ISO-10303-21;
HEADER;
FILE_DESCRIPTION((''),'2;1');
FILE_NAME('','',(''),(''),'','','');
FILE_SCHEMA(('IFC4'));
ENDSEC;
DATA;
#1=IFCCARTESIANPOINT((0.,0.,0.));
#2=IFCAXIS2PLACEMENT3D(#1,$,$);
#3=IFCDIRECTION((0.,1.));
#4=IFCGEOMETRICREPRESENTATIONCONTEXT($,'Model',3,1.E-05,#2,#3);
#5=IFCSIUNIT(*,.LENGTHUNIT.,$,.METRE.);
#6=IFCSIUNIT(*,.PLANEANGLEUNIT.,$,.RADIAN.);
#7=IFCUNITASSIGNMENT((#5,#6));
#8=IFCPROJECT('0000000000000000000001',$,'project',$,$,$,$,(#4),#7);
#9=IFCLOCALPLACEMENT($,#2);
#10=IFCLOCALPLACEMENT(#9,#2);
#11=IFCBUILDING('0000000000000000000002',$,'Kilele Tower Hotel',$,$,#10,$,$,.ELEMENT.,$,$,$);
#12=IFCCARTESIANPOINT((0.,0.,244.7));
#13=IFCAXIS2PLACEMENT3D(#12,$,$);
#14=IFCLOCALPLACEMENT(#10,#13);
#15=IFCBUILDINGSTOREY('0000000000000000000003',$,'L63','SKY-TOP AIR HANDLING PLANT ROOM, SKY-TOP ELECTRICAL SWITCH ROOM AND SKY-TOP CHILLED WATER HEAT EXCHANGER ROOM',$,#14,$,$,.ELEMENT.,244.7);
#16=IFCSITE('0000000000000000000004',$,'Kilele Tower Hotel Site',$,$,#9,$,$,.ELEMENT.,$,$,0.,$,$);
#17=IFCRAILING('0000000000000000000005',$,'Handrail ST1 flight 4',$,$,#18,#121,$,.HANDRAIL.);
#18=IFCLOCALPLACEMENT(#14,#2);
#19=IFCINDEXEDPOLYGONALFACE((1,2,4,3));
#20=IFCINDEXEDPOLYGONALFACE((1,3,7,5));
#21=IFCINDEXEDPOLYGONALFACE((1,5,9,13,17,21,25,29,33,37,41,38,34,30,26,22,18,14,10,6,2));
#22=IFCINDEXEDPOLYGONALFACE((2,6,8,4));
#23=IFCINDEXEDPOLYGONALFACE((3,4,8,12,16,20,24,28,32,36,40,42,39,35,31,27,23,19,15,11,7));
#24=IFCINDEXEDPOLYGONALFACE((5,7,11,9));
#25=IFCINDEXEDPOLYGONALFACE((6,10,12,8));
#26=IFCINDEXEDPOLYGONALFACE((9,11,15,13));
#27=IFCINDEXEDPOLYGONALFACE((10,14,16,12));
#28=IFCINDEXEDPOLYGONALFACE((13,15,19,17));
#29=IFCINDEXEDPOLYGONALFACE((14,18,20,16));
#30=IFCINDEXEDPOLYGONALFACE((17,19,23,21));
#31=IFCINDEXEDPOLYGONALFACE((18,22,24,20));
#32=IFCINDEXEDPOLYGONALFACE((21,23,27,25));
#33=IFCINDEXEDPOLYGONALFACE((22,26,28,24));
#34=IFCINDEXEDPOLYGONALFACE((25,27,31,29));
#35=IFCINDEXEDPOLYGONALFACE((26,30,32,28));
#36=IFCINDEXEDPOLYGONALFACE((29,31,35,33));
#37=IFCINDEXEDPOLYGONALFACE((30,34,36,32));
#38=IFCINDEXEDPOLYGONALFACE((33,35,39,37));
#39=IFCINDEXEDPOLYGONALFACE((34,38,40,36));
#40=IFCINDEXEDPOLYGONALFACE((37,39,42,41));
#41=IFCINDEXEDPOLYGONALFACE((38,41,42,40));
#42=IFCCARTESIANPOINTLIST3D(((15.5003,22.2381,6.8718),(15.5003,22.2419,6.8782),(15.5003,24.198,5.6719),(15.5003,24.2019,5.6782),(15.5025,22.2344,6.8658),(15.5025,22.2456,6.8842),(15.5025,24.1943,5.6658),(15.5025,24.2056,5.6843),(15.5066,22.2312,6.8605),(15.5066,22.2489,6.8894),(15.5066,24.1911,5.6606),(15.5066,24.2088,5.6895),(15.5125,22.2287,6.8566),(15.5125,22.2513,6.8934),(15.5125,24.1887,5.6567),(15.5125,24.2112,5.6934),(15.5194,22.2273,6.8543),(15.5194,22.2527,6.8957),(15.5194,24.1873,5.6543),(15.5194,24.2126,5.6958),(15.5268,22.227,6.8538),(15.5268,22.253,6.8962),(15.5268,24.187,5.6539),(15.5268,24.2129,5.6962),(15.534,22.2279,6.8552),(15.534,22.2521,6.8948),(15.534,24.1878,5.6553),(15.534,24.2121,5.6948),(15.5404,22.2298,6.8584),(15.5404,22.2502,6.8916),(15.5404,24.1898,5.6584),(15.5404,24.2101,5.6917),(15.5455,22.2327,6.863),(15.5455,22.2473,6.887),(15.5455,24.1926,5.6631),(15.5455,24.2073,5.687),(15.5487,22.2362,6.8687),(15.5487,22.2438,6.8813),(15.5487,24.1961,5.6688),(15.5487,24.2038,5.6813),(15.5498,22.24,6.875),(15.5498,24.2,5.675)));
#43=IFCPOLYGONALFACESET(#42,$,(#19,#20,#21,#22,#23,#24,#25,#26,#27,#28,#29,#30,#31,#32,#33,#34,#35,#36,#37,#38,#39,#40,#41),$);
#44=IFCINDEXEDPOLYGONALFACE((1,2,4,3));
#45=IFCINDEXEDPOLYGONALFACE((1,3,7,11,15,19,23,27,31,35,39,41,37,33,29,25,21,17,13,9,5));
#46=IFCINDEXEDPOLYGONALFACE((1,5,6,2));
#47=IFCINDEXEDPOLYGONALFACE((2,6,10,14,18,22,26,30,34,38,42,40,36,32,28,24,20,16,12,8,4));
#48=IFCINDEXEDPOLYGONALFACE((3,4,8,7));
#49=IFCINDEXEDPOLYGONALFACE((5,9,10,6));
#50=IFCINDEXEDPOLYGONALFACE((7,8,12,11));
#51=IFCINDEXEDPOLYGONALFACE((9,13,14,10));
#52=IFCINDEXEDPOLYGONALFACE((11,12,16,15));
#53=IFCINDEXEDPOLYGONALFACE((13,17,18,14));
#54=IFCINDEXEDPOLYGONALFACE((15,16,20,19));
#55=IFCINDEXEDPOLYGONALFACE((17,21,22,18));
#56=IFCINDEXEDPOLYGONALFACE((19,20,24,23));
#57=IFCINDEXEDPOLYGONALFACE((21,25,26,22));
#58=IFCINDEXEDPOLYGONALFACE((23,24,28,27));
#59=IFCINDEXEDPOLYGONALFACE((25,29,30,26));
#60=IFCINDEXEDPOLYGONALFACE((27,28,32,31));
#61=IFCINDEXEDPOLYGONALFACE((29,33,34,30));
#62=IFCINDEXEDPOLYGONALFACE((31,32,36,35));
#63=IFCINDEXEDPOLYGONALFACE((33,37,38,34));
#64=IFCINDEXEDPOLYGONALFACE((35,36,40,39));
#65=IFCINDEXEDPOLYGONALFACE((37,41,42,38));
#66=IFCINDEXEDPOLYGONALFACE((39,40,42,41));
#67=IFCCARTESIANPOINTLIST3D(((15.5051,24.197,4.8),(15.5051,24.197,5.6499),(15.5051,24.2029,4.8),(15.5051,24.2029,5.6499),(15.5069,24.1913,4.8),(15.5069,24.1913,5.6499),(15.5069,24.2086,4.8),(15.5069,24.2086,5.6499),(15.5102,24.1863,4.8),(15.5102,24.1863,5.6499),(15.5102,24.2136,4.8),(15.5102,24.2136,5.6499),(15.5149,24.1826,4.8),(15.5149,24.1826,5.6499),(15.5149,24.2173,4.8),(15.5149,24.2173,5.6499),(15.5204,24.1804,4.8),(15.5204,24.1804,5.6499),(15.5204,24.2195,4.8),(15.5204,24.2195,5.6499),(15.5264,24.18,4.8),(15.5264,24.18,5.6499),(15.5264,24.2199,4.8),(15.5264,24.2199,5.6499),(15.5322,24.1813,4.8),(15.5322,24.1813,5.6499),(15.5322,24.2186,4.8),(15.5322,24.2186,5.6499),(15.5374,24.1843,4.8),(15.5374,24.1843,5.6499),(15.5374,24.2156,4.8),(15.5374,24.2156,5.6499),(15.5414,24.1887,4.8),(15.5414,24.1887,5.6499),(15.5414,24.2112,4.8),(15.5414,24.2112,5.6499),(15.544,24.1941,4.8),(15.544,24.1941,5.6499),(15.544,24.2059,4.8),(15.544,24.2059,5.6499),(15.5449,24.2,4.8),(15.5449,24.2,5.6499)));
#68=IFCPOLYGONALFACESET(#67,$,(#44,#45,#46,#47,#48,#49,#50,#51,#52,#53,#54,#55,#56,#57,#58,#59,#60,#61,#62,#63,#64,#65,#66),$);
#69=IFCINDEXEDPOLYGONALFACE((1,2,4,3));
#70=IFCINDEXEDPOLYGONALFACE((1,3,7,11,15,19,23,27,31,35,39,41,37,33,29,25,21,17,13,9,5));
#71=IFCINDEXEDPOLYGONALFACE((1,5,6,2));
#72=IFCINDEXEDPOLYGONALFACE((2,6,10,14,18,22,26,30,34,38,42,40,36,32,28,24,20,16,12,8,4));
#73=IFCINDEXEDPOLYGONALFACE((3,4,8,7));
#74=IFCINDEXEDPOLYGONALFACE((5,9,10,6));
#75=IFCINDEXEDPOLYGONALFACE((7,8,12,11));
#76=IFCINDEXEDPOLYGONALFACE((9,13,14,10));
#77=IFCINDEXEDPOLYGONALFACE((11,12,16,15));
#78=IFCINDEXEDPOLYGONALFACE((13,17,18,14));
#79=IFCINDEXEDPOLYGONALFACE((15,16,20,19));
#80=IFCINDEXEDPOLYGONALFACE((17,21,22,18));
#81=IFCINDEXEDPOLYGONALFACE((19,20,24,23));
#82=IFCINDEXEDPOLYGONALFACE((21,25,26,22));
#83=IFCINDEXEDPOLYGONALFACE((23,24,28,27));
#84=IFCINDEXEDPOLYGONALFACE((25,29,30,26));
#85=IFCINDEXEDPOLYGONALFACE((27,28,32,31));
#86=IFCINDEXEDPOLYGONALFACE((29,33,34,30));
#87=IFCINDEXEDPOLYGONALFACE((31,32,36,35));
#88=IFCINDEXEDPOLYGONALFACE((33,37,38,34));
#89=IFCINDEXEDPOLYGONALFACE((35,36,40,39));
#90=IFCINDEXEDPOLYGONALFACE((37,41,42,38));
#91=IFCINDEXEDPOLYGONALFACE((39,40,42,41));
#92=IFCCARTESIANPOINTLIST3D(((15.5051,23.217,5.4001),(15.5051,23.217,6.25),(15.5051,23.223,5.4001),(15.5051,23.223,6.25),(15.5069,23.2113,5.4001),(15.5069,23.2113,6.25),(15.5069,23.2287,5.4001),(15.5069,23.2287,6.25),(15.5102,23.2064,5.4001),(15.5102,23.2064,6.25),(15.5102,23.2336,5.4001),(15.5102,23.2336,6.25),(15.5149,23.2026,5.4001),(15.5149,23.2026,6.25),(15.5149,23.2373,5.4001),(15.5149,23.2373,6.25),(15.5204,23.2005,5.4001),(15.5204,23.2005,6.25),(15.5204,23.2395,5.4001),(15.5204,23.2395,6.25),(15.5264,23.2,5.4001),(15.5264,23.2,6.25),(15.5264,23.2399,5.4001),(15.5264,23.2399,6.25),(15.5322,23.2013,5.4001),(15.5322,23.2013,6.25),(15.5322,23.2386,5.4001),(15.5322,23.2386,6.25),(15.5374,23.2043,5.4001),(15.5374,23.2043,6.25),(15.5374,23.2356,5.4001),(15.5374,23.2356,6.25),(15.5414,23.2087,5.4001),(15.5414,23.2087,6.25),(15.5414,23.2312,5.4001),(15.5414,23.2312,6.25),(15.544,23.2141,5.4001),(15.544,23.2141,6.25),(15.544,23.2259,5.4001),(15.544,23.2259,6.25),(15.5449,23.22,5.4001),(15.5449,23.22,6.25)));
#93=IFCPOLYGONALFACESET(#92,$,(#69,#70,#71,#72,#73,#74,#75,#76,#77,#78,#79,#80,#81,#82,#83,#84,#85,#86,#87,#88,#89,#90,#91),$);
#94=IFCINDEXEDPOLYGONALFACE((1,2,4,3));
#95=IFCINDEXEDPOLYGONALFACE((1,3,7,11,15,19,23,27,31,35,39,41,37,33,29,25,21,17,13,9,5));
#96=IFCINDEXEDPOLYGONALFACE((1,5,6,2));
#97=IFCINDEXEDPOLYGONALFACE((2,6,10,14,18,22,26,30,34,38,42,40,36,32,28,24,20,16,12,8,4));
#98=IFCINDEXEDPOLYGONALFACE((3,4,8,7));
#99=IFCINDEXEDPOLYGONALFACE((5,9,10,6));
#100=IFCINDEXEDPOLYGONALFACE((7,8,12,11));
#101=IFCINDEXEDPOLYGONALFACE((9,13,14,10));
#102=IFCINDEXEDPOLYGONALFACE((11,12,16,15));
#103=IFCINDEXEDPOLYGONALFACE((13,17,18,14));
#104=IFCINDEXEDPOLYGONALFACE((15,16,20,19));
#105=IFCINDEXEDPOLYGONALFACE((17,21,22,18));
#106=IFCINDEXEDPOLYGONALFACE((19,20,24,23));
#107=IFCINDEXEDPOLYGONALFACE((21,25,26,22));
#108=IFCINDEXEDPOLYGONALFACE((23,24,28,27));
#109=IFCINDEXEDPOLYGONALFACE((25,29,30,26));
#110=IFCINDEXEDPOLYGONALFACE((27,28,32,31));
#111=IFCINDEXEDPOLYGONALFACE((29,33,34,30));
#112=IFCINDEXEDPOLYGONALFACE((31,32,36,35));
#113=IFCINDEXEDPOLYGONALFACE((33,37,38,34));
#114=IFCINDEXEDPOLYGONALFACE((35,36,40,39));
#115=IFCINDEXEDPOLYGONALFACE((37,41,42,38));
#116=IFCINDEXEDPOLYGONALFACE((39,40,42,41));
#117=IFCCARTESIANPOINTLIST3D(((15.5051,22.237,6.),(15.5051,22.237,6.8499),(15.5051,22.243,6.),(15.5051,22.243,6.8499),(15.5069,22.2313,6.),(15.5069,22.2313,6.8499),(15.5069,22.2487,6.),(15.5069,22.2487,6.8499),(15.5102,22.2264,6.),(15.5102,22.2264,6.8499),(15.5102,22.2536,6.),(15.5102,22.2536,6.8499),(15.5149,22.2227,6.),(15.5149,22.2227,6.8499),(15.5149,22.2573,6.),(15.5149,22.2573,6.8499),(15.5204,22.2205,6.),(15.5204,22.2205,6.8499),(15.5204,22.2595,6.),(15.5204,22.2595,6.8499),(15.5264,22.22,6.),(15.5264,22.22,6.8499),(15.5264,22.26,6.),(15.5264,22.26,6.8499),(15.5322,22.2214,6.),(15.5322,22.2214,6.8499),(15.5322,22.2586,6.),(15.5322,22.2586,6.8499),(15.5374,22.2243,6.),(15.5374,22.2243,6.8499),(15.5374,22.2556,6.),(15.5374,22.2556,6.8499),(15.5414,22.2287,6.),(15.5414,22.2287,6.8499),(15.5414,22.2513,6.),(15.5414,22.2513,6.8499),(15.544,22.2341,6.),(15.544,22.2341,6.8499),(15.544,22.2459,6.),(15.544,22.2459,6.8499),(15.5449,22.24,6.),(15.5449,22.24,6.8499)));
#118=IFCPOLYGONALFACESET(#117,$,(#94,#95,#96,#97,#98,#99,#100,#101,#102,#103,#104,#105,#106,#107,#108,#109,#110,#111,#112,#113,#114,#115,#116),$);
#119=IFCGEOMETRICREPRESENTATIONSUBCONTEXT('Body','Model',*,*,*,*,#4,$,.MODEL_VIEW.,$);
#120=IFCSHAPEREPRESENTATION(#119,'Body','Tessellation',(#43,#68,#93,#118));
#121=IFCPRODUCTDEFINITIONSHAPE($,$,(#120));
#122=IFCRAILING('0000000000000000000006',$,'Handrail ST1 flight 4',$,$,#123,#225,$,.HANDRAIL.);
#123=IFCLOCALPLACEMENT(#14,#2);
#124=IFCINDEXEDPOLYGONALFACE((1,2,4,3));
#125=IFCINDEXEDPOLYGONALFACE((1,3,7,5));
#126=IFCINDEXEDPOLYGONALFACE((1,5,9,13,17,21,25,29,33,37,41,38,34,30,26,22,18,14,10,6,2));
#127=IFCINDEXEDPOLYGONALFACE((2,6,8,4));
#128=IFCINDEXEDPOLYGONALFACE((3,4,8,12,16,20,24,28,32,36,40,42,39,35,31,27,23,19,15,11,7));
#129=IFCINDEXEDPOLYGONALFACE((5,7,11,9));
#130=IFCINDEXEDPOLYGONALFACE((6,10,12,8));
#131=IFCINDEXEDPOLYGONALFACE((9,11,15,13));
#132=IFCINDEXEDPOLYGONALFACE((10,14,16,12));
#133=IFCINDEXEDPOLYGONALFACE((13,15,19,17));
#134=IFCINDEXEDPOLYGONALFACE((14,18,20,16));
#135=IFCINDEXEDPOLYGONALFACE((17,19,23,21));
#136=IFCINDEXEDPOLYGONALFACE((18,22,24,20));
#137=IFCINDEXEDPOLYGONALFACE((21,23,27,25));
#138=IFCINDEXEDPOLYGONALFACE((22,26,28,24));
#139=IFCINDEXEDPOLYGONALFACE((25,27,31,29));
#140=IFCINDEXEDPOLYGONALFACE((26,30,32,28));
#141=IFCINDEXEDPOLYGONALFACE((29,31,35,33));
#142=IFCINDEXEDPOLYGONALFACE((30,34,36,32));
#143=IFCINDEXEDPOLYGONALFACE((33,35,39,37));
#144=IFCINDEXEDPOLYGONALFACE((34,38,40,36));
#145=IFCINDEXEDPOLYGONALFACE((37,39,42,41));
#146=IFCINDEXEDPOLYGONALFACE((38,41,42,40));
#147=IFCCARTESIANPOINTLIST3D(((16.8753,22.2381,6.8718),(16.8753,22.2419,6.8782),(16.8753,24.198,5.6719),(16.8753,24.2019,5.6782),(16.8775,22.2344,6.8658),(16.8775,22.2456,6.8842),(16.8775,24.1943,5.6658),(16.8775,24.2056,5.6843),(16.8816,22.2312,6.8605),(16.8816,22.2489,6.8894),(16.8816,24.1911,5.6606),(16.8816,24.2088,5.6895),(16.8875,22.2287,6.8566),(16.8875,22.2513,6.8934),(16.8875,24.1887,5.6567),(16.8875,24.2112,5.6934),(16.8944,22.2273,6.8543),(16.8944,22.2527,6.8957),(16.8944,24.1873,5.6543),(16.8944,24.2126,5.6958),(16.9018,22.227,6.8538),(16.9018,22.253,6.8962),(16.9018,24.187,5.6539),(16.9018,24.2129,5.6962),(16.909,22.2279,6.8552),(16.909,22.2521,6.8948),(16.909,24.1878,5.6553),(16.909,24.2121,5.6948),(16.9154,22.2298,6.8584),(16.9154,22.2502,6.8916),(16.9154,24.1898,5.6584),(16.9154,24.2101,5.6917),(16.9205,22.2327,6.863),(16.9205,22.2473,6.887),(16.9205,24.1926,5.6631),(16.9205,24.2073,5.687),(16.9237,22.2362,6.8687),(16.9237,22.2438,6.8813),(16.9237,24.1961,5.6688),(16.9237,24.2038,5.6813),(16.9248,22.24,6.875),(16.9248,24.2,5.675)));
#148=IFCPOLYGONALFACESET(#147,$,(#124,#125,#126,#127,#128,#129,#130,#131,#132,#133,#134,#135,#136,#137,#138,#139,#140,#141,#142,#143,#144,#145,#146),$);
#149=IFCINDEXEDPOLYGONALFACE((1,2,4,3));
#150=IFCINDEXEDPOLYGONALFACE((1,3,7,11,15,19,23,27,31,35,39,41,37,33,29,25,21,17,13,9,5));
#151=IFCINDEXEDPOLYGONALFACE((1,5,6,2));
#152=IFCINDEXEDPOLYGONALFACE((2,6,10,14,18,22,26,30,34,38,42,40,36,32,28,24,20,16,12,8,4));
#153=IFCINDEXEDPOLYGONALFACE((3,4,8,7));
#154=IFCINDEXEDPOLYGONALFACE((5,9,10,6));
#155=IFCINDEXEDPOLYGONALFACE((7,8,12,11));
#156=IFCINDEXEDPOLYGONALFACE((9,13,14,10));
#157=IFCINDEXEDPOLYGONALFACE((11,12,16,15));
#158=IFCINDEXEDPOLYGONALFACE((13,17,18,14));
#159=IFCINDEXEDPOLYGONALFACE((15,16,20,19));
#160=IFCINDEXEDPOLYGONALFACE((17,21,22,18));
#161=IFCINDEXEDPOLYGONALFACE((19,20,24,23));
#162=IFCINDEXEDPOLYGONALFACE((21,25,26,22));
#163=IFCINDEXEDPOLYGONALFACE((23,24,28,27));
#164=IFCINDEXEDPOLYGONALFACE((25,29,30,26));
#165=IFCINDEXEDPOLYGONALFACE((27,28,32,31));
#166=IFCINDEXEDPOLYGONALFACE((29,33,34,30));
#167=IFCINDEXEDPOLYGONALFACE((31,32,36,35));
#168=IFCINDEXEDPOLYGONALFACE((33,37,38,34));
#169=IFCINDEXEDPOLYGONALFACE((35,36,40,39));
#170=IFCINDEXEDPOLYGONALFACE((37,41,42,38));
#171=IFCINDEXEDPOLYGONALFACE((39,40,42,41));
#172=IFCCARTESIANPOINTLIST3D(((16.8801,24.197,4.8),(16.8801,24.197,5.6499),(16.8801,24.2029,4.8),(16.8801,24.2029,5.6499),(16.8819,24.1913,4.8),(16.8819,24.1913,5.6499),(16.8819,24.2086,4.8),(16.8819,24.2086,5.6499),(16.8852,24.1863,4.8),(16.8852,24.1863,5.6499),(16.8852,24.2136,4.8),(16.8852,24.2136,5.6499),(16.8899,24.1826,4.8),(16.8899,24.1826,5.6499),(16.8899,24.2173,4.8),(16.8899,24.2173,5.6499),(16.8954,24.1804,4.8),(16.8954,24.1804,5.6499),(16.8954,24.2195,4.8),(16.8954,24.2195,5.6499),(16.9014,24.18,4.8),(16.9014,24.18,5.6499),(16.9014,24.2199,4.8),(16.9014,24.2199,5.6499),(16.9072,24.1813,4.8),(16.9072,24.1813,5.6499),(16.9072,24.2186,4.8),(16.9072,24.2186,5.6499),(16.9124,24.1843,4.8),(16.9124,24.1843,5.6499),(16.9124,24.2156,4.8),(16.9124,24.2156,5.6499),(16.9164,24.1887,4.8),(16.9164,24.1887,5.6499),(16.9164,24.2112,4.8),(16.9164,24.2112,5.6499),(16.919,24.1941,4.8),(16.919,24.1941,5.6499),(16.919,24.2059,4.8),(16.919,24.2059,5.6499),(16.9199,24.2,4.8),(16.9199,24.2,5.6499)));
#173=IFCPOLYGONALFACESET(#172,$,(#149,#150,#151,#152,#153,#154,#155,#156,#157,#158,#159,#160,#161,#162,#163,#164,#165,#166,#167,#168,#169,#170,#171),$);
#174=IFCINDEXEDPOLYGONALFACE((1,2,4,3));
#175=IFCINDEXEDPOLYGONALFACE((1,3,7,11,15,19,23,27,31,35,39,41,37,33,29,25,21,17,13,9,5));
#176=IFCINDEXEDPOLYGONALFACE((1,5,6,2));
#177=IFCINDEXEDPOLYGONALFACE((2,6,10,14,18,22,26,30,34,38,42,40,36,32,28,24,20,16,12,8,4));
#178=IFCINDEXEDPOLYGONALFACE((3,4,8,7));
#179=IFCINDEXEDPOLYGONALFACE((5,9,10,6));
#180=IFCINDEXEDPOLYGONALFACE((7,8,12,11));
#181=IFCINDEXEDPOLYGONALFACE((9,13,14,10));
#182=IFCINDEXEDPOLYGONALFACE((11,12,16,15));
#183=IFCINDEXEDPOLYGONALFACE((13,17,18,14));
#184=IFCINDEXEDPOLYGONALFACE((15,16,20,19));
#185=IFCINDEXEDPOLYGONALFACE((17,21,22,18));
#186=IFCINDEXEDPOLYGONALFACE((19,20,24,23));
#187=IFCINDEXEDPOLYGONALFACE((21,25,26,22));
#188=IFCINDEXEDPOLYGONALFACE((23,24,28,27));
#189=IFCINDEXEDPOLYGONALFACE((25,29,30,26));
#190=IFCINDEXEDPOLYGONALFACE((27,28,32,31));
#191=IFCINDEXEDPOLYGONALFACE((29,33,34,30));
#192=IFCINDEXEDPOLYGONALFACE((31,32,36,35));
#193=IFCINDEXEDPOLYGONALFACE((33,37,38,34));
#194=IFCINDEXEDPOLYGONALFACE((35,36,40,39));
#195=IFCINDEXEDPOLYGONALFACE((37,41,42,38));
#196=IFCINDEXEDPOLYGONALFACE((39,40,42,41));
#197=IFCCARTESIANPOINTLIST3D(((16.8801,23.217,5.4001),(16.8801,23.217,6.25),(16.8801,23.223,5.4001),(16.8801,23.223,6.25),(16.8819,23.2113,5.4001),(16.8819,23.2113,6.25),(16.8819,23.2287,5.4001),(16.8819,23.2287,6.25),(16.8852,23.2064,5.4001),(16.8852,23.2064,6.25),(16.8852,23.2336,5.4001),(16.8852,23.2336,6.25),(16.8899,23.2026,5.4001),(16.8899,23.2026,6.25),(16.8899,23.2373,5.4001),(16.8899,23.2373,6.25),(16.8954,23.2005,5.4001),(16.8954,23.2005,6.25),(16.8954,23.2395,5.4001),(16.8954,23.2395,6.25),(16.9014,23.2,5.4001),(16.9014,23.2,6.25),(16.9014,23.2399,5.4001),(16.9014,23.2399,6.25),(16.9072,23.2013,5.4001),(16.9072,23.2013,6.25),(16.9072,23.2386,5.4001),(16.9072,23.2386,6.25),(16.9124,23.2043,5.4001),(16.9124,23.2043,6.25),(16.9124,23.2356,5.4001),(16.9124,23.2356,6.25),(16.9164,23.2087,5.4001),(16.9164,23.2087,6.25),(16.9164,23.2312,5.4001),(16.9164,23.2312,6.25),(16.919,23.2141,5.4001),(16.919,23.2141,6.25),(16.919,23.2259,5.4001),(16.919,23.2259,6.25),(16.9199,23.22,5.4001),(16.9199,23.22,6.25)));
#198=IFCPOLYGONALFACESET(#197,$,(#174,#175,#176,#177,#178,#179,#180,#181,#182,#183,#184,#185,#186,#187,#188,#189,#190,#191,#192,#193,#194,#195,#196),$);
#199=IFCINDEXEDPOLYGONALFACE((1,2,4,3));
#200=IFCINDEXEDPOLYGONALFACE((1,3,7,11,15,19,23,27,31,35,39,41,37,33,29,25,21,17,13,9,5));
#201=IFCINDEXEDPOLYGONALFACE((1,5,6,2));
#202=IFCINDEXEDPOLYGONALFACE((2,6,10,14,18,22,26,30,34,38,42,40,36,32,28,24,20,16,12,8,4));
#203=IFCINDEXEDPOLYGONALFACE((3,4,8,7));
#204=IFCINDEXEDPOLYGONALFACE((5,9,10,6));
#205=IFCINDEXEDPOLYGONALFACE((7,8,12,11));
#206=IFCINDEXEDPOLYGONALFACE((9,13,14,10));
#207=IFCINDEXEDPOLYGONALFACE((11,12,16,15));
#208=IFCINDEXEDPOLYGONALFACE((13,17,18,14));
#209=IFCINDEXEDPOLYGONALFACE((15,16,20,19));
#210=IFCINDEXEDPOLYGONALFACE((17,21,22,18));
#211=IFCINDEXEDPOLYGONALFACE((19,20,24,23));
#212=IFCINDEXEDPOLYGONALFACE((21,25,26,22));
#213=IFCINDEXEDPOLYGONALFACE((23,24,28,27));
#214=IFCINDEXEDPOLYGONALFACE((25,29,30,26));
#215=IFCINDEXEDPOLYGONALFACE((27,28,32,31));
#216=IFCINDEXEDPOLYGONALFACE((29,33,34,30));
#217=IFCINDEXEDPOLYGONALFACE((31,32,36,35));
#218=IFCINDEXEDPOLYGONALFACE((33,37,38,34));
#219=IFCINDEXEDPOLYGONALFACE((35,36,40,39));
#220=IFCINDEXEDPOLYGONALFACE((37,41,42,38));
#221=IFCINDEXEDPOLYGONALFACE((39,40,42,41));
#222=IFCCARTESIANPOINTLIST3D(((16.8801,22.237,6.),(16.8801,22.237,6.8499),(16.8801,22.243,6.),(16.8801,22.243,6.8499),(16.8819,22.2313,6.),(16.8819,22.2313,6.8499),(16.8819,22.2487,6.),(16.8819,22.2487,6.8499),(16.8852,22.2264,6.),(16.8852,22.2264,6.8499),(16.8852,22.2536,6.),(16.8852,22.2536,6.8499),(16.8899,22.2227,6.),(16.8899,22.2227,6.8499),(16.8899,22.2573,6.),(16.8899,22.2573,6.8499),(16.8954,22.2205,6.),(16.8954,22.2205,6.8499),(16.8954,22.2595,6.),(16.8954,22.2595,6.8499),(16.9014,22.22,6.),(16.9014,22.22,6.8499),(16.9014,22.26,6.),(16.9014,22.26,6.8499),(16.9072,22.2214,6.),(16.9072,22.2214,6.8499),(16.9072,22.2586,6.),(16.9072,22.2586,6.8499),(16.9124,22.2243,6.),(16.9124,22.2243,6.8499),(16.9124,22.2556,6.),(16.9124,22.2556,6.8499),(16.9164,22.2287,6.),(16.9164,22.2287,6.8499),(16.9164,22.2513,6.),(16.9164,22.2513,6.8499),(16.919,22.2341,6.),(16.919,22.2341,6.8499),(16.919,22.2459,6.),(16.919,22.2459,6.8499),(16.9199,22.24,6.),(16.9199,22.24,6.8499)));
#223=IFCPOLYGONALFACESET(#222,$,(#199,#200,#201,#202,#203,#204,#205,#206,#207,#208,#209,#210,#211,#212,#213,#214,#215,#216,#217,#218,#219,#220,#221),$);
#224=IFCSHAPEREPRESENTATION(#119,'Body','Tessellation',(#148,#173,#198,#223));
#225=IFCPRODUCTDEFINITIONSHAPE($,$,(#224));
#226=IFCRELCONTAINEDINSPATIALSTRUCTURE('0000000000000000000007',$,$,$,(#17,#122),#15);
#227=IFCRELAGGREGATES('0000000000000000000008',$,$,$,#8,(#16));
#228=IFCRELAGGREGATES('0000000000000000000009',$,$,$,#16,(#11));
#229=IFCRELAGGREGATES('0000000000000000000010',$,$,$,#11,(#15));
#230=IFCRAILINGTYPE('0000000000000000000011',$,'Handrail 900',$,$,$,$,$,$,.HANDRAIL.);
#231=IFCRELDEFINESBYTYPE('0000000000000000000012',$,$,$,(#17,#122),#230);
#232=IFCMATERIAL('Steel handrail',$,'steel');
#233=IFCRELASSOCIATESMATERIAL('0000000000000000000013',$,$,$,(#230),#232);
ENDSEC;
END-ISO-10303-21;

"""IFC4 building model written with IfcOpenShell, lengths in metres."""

from ifc_helpers import new_model, si_unit, direction, frame, origin, origin_2d, place, context, subcontext, project, spatial, circle, extrude, material, type_object, element, save


model = new_model("IFC4")

# Units and contexts
model_context = context("Model", 3, precision=1e-05, world=origin(), true_north=direction((0.0, 1.0)))
body_context = subcontext(model_context, "Body", "Model", "MODEL_VIEW")
ifc_project = project(units=[si_unit("LENGTHUNIT", "METRE"), si_unit("PLANEANGLEUNIT", "RADIAN")], contexts=[model_context])

# Site, building, storey
site_placement = place(None, origin())
site = spatial("IfcSite", under=ifc_project, at=site_placement, Name="Kilele Tower Hotel Site", CompositionType="ELEMENT", RefElevation=0.0)
building_placement = place(site_placement, origin())
building = spatial("IfcBuilding", under=site, at=building_placement, Name="Kilele Tower Hotel", CompositionType="ELEMENT")
storey_placement = place(building_placement, frame((0.0, 0.0, 244.7)))
storey = spatial("IfcBuildingStorey", under=building, at=storey_placement, Name="L63", Description="SKY-TOP AIR HANDLING PLANT ROOM, SKY-TOP ELECTRICAL SWITCH ROOM AND SKY-TOP CHILLED WATER HEAT EXCHANGER ROOM", CompositionType="ELEMENT", Elevation=244.7)

# Railings
ifc_material_1 = material(Name="Steel handrail", Category="steel")
railing_type_1 = type_object("IfcRailingType", Name="Handrail 900", PredefinedType="HANDRAIL", material=ifc_material_1)
for number, where, name in (
    (1, (15.5249, 24.2, 4.8), "Handrail ST1 flight 4"),
    (2, (16.8999, 24.2, 4.8), "Handrail ST1 flight 4"),
):
    element("IfcRailing", number, at=place(storey_placement, frame(where)), inside=storey, type_object=railing_type_1, Name=name, PredefinedType="HANDRAIL", context=body_context, shape_type="SweptSolid", body=[
        extrude(circle(Radius=0.0249, at=origin_2d()), frame((0.0, 0.0, 0.875), z_axis=(0.0, -0.852856, 0.522146), x_axis=(1.0, 0.0, 0.0)), (0.0, 0.0, 1.0), 2.2981),
        extrude(circle(Radius=0.02, at=origin_2d()), origin(), (0.0, 0.0, 1.0), 0.8499),
        extrude(circle(Radius=0.02, at=origin_2d()), frame((0.0, -0.98, 0.6001)), (0.0, 0.0, 1.0), 0.8499),
        extrude(circle(Radius=0.02, at=origin_2d()), frame((0.0, -1.96, 1.2)), (0.0, 0.0, 1.0), 0.8499),
    ])

save(model, "model.ifc")
